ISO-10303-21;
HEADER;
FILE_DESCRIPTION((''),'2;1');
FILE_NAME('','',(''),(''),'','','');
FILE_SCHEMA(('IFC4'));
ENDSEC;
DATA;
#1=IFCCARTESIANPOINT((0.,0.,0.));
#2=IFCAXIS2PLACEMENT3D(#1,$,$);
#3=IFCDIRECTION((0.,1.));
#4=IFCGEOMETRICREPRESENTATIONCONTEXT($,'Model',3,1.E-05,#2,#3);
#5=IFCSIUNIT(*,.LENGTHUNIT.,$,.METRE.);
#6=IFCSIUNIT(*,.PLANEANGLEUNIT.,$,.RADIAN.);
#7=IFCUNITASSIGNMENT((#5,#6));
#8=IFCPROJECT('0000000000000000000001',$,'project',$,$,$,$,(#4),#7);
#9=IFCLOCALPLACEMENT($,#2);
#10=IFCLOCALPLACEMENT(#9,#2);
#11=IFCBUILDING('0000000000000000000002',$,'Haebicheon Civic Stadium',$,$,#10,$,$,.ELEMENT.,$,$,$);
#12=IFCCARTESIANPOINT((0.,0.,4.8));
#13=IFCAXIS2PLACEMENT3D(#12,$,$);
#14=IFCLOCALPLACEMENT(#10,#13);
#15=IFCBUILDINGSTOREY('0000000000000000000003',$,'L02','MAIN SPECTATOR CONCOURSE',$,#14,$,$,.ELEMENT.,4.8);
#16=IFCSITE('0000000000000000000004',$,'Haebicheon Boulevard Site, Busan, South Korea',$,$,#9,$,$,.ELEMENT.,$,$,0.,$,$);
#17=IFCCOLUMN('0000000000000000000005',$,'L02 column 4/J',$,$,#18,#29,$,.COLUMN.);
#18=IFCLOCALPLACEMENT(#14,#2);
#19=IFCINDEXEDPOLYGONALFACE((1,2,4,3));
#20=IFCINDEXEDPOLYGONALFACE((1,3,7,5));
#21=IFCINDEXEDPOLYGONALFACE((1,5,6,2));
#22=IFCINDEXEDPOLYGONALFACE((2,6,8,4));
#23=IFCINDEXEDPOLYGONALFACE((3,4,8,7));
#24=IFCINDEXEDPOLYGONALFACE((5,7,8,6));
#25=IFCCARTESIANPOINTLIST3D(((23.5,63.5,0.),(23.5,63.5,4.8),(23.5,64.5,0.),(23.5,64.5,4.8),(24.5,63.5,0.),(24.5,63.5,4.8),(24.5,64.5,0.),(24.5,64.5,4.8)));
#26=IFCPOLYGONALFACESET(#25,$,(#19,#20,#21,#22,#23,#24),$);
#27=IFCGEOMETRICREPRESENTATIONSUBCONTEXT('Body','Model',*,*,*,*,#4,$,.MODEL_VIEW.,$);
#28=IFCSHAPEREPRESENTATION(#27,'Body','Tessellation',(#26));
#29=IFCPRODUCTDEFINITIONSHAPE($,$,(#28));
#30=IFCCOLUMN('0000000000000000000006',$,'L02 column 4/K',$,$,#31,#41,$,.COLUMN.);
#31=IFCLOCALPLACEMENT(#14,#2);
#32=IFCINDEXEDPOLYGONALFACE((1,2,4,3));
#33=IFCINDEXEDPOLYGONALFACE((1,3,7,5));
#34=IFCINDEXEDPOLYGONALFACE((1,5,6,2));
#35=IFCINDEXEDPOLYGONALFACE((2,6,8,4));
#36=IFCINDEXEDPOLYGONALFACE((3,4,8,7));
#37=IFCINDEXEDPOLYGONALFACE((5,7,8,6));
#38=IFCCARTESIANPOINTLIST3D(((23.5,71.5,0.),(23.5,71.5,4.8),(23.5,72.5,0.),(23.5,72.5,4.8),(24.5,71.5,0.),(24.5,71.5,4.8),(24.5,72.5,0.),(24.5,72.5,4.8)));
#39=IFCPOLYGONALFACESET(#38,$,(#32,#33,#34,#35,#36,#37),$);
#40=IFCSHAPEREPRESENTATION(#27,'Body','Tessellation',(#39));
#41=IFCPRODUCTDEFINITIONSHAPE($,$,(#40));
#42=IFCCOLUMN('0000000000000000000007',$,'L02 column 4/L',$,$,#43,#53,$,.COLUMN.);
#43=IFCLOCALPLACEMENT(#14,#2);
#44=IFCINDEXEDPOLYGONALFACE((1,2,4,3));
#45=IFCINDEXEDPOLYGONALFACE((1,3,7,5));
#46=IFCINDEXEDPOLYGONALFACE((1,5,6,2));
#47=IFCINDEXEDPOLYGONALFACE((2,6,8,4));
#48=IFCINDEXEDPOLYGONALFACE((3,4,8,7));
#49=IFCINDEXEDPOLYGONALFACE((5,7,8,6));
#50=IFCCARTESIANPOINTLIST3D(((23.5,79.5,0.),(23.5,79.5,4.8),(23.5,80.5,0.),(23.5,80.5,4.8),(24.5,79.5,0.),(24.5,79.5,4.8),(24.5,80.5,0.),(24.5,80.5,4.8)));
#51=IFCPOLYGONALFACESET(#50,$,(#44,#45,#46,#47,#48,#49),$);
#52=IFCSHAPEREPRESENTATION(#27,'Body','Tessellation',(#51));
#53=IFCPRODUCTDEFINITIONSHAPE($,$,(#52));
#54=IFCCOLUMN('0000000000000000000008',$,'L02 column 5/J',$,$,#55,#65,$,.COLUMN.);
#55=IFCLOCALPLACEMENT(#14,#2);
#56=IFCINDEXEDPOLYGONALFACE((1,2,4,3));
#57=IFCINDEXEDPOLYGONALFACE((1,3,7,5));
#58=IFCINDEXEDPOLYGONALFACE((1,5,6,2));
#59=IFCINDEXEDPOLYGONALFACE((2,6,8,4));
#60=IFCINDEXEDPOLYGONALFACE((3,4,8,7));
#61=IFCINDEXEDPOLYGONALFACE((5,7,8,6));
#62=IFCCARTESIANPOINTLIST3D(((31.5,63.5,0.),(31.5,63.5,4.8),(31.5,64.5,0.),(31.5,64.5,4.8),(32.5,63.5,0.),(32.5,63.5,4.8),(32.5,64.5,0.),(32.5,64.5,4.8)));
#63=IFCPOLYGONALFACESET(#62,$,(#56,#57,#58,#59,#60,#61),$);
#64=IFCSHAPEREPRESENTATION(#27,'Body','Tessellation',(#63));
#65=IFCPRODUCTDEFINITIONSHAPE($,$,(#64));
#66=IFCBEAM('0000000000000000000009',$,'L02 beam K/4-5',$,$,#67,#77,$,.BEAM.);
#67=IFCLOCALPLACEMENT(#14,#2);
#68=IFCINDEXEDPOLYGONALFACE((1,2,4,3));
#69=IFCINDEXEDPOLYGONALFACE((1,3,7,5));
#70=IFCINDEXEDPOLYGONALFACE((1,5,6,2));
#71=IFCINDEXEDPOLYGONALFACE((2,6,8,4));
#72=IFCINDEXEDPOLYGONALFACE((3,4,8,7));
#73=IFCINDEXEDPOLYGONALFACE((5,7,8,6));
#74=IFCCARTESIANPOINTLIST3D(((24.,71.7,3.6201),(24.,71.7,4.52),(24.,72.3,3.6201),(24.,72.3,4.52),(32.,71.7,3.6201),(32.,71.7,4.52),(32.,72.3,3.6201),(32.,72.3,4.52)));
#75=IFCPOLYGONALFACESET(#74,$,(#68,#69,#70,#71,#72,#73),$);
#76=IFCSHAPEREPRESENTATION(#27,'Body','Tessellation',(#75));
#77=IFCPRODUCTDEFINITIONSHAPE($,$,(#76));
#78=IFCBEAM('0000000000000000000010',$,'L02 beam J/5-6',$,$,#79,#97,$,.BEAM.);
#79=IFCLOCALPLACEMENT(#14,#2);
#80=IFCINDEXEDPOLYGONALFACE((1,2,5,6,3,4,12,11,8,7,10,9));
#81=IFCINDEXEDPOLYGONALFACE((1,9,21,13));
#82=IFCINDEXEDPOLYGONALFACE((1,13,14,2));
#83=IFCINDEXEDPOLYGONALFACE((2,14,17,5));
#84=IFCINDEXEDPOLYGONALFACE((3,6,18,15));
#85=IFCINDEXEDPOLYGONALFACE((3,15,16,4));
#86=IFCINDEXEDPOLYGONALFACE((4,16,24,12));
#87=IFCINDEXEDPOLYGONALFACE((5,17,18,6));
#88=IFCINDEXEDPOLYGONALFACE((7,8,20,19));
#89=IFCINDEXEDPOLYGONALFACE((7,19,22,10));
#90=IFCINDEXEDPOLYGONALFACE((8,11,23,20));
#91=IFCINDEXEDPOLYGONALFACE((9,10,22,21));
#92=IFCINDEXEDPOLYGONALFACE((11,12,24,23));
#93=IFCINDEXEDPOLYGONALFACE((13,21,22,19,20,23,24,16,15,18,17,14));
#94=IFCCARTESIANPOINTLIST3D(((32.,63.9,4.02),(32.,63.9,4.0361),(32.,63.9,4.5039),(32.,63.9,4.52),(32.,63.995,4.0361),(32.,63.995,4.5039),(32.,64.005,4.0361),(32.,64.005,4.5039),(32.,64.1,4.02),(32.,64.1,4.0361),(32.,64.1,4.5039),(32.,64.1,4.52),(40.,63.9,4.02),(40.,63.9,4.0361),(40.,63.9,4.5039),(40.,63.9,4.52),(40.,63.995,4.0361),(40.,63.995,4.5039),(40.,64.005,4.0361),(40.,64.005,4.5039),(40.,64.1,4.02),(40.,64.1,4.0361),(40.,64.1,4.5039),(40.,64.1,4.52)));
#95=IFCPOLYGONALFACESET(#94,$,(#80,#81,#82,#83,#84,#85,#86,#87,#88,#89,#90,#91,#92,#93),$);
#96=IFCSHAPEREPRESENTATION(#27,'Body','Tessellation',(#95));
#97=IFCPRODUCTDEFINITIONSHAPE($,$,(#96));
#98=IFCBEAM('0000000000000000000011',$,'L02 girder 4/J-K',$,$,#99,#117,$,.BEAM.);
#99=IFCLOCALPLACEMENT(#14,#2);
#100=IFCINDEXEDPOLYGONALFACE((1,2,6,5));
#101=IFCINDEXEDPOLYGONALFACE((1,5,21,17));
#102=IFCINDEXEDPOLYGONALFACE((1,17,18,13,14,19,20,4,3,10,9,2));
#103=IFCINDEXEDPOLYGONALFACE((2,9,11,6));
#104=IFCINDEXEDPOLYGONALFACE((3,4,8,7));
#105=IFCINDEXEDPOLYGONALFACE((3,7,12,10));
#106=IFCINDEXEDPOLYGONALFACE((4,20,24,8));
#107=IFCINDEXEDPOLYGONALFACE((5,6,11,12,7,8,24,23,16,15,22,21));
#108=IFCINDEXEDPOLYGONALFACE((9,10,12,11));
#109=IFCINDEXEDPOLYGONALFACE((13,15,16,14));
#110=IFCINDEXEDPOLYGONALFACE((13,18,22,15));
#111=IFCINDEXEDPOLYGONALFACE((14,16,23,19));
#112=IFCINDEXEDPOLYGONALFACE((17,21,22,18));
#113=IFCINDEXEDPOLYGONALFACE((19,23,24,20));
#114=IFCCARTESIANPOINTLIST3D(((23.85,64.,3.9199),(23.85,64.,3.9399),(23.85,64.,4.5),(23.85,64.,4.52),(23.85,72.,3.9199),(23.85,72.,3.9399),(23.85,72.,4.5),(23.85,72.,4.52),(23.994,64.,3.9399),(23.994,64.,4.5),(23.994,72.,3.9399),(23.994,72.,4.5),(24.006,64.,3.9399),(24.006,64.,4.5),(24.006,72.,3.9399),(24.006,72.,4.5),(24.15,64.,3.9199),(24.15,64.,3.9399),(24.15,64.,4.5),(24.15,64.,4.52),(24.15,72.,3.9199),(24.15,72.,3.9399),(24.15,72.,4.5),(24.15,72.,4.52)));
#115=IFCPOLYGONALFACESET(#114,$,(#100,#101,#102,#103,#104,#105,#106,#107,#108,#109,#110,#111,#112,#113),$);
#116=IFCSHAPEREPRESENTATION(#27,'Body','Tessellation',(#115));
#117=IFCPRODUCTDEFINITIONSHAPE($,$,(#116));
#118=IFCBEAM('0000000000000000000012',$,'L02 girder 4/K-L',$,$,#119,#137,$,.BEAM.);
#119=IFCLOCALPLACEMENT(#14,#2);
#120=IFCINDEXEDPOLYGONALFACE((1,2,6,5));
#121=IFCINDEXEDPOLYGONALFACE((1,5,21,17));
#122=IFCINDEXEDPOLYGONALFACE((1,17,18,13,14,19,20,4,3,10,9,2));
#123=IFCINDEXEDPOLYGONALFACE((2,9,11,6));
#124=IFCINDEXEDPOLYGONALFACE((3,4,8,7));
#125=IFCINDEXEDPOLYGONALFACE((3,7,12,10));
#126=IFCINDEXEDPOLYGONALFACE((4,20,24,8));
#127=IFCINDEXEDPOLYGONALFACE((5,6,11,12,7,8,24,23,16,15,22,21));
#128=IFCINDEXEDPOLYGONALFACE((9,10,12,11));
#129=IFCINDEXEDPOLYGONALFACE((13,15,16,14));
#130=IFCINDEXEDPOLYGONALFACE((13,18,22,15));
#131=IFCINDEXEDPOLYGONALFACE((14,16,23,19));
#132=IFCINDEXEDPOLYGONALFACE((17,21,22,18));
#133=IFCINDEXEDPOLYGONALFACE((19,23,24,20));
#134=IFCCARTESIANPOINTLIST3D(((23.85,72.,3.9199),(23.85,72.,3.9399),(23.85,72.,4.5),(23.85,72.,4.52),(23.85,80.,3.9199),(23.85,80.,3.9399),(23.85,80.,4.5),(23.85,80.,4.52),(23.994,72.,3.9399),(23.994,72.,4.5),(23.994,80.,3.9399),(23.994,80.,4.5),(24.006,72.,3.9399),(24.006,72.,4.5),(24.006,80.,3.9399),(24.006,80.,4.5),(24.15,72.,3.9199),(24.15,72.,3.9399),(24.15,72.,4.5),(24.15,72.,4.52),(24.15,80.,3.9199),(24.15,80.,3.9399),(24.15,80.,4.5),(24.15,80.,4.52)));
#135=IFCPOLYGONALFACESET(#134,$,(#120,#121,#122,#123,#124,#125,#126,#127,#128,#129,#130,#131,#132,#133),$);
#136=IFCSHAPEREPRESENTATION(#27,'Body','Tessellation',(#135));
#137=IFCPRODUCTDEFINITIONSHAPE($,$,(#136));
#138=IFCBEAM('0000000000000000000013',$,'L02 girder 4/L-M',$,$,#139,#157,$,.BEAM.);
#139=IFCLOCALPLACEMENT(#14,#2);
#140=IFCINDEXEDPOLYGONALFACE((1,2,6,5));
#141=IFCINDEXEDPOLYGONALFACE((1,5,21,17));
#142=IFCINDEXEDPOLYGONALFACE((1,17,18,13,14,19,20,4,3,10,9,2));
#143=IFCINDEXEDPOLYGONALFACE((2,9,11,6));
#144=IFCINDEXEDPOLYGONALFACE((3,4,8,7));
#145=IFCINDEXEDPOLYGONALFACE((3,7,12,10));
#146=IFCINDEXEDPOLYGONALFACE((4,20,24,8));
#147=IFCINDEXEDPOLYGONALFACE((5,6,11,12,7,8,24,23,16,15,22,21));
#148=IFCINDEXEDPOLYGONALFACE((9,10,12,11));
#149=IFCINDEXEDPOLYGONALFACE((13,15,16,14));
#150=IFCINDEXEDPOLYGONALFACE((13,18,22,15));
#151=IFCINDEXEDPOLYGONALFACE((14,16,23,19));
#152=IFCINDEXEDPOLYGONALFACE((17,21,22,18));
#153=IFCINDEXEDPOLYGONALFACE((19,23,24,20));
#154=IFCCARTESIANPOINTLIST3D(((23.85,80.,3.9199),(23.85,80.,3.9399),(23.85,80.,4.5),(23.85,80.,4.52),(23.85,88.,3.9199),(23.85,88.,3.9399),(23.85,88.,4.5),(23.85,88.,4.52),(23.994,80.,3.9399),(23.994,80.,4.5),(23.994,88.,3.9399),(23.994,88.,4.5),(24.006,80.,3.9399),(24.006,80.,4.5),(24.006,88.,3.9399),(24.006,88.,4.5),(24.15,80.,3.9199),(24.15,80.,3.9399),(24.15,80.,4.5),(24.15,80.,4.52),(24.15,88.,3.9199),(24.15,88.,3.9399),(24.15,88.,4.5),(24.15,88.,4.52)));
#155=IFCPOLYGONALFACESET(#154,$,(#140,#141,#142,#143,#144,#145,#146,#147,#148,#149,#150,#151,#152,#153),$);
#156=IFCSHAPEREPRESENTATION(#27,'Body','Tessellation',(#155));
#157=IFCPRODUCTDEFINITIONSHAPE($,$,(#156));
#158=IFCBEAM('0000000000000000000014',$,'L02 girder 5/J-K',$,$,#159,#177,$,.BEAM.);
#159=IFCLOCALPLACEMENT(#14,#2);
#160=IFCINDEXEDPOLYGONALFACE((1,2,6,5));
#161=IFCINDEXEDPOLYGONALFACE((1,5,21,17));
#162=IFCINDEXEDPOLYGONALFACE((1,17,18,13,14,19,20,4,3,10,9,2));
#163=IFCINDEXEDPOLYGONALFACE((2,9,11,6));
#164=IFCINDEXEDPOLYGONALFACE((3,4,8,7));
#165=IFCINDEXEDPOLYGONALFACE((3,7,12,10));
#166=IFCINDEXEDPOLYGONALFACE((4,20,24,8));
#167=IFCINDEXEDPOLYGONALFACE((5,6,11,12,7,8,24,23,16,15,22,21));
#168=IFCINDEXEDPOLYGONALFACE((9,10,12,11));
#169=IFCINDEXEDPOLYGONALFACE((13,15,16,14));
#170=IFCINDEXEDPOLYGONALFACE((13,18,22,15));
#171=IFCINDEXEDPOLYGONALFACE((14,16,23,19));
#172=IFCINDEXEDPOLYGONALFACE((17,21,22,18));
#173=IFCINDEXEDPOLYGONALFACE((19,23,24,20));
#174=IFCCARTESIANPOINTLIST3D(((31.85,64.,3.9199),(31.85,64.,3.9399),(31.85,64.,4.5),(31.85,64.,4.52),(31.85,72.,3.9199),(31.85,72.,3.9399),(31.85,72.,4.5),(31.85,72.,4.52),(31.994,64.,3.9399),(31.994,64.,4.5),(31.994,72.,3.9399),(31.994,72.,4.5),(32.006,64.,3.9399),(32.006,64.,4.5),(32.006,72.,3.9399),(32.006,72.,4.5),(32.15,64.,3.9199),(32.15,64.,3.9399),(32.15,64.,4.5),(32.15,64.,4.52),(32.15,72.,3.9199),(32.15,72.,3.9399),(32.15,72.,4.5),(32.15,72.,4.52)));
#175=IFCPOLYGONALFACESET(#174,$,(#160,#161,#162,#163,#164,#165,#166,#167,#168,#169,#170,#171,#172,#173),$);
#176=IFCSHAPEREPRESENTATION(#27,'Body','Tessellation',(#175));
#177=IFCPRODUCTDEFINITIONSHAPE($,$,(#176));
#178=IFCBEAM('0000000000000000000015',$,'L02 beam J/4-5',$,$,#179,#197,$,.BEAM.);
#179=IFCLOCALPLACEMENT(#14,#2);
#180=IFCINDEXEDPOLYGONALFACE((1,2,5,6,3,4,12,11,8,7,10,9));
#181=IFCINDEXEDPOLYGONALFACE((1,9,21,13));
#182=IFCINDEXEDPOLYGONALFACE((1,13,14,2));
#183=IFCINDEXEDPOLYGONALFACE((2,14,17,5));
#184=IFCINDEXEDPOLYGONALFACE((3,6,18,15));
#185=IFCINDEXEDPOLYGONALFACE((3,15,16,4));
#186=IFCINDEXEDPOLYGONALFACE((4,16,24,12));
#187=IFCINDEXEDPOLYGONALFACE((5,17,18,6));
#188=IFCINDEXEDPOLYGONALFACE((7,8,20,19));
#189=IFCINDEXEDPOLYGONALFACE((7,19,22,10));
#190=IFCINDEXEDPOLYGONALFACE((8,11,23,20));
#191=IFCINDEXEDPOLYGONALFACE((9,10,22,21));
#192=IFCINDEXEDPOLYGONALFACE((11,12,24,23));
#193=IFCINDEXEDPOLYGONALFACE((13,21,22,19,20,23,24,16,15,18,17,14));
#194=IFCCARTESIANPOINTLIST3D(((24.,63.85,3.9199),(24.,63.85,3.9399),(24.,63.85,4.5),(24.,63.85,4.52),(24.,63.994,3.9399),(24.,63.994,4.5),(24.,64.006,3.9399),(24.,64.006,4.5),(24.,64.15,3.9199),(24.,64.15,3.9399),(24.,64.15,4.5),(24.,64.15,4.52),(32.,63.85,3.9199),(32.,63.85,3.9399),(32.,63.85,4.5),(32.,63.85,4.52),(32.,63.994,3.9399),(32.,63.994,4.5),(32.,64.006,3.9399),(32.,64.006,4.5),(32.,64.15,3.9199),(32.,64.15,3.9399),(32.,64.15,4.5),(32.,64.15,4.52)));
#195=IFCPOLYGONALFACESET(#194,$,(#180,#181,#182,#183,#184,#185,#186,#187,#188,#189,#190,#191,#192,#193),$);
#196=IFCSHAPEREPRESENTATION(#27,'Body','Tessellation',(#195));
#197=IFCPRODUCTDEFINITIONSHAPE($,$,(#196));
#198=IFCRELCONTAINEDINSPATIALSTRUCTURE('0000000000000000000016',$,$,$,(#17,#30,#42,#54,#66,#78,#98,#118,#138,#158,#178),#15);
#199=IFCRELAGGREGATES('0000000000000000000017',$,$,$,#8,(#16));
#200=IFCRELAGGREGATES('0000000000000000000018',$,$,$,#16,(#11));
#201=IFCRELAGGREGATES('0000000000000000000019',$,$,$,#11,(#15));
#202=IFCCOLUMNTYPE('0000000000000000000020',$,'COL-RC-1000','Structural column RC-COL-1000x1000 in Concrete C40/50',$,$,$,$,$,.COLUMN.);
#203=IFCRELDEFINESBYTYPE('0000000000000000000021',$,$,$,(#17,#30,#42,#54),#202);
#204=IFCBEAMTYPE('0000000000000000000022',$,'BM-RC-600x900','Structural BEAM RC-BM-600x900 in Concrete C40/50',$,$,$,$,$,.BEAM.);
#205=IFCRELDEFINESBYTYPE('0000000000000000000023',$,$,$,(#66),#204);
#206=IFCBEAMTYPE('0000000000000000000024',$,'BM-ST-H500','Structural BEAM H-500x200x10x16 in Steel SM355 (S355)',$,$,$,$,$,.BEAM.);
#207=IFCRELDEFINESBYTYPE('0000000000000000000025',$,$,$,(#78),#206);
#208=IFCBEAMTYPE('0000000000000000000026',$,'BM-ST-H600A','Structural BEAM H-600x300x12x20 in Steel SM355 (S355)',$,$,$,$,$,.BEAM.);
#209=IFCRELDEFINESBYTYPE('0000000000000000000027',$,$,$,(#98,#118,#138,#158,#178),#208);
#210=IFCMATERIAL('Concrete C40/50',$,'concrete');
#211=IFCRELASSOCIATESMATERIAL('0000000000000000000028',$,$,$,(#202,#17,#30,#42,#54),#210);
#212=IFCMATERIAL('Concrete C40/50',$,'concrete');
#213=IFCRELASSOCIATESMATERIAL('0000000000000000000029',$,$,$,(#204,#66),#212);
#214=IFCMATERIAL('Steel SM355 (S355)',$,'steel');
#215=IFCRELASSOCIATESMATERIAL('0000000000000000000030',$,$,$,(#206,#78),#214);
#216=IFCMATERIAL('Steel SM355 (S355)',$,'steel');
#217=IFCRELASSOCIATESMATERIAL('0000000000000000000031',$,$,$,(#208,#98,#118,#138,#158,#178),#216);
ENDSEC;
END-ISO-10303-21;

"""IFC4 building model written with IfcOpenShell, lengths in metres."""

from ifc_helpers import new_model, si_unit, direction, frame, origin, origin_2d, place, context, subcontext, project, spatial, rectangle, i_section, extrude, material, material_profile, profile_set, type_object, element, save


model = new_model("IFC4")

# Units and contexts
model_context = context("Model", 3, precision=1e-05, world=origin(), true_north=direction((0.0, 1.0)))
body_context = subcontext(model_context, "Body", "Model", "MODEL_VIEW")
ifc_project = project(units=[si_unit("LENGTHUNIT", "METRE"), si_unit("PLANEANGLEUNIT", "RADIAN")], contexts=[model_context])

# Site, building, storey
site_placement = place(None, origin())
site = spatial("IfcSite", under=ifc_project, at=site_placement, Name="Haebicheon Boulevard Site, Busan, South Korea", CompositionType="ELEMENT", RefElevation=0.0)
building_placement = place(site_placement, origin())
building = spatial("IfcBuilding", under=site, at=building_placement, Name="Haebicheon Civic Stadium", CompositionType="ELEMENT")
storey_placement = place(building_placement, frame((0.0, 0.0, 4.8)))
storey = spatial("IfcBuildingStorey", under=building, at=storey_placement, Name="L02", Description="MAIN SPECTATOR CONCOURSE", CompositionType="ELEMENT", Elevation=4.8)

# Columns
ifc_material_1 = material(Name="Concrete C40/50", Category="concrete")
ifc_material_profile_1 = material_profile(ifc_material_1, rectangle(XDim=1.0, YDim=1.0, at=origin_2d()), Name="RC-COL-1000x1000")
ifc_profile_set_1 = profile_set([ifc_material_profile_1], Name="Concrete C40/50")
column_type = type_object("IfcColumnType", Name="COL-RC-1000", Description="Structural column RC-COL-1000x1000 in Concrete C40/50", PredefinedType="COLUMN", material=ifc_profile_set_1)
for number, where, z_axis, x_axis, name in (
    (1, (24.0, 64.0, 0.0), (0.0, 0.0, 1.0), (1.0, 0.0, 0.0), "L02 column 4/J"),
    (2, (24.0, 72.0, 0.0), (0.0, 0.0, 1.0), (1.0, 0.0, 0.0), "L02 column 4/K"),
    (3, (24.0, 80.0, 0.0), (0.0, 0.0, 1.0), (1.0, 0.0, 0.0), "L02 column 4/L"),
    (4, (32.0, 64.0, 0.0), (0.0, 0.0, 1.0), (1.0, 0.0, 0.0), "L02 column 5/J"),
):
    element("IfcColumn", number, at=place(storey_placement, frame(where, z_axis=z_axis, x_axis=x_axis)), inside=storey, type_object=column_type, material=ifc_profile_set_1, Name=name, PredefinedType="COLUMN", context=body_context, shape_type="SweptSolid", body=[
        extrude(rectangle(XDim=1.0, YDim=1.0, at=origin_2d()), origin(), (0.0, 0.0, 1.0), 4.8),
    ])

# Beams
ifc_material_2 = material(Name="Concrete C40/50", Category="concrete")
ifc_material_profile_2 = material_profile(ifc_material_2, rectangle(XDim=0.6001, YDim=0.8999, at=origin_2d()), Name="RC-BM-600x900")
ifc_profile_set_2 = profile_set([ifc_material_profile_2], Name="Concrete C40/50")
beam_type_1 = type_object("IfcBeamType", Name="BM-RC-600x900", Description="Structural BEAM RC-BM-600x900 in Concrete C40/50", PredefinedType="BEAM", material=ifc_profile_set_2)
beam_1_placement = place(storey_placement, frame((24.0, 72.0, 4.0701), z_axis=(1.0, 0.0, 0.0), x_axis=(0.0, 1.0, 0.0)))
element("IfcBeam", 5, at=beam_1_placement, inside=storey, type_object=beam_type_1, material=ifc_profile_set_2, Name="L02 beam K/4-5", PredefinedType="BEAM", context=body_context, shape_type="SweptSolid", body=[
    extrude(rectangle(XDim=0.6001, YDim=0.8999, at=origin_2d()), origin(), (0.0, 0.0, 1.0), 8.0),
])
ifc_material_3 = material(Name="Steel SM355 (S355)", Category="steel")
ifc_material_profile_3 = material_profile(ifc_material_3, i_section(OverallWidth=0.2, OverallDepth=0.5, WebThickness=0.01, FlangeThickness=0.0161, at=origin_2d()), Name="H-500x200x10x16")
ifc_profile_set_3 = profile_set([ifc_material_profile_3], Name="Steel SM355 (S355)")
beam_type_2 = type_object("IfcBeamType", Name="BM-ST-H500", Description="Structural BEAM H-500x200x10x16 in Steel SM355 (S355)", PredefinedType="BEAM", material=ifc_profile_set_3)
beam_2_placement = place(storey_placement, frame((32.0, 64.0, 4.27), z_axis=(1.0, 0.0, 0.0), x_axis=(0.0, 1.0, 0.0)))
element("IfcBeam", 6, at=beam_2_placement, inside=storey, type_object=beam_type_2, material=ifc_profile_set_3, Name="L02 beam J/5-6", PredefinedType="BEAM", context=body_context, shape_type="SweptSolid", body=[
    extrude(i_section(OverallWidth=0.2, OverallDepth=0.5, WebThickness=0.01, FlangeThickness=0.0161, at=origin_2d()), origin(), (0.0, 0.0, 1.0), 8.0),
])
ifc_material_4 = material(Name="Steel SM355 (S355)", Category="steel")
ifc_material_profile_4 = material_profile(ifc_material_4, i_section(OverallWidth=0.3, OverallDepth=0.6001, WebThickness=0.012, FlangeThickness=0.02, at=origin_2d()), Name="H-600x300x12x20")
ifc_profile_set_4 = profile_set([ifc_material_profile_4], Name="Steel SM355 (S355)")
beam_type_3 = type_object("IfcBeamType", Name="BM-ST-H600A", Description="Structural BEAM H-600x300x12x20 in Steel SM355 (S355)", PredefinedType="BEAM", material=ifc_profile_set_4)
for number, where, z_axis, x_axis, name in (
    (7, (24.0, 64.0, 4.22), (0.0, 1.0, 0.0), (-1.0, 0.0, 0.0), "L02 girder 4/J-K"),
    (8, (24.0, 72.0, 4.22), (0.0, 1.0, 0.0), (-1.0, 0.0, 0.0), "L02 girder 4/K-L"),
    (9, (24.0, 80.0, 4.22), (0.0, 1.0, 0.0), (-1.0, 0.0, 0.0), "L02 girder 4/L-M"),
    (10, (32.0, 64.0, 4.22), (0.0, 1.0, 0.0), (-1.0, 0.0, 0.0), "L02 girder 5/J-K"),
    (11, (24.0, 64.0, 4.22), (1.0, 0.0, 0.0), (0.0, 1.0, 0.0), "L02 beam J/4-5"),
):
    element("IfcBeam", number, at=place(storey_placement, frame(where, z_axis=z_axis, x_axis=x_axis)), inside=storey, type_object=beam_type_3, material=ifc_profile_set_4, Name=name, PredefinedType="BEAM", context=body_context, shape_type="SweptSolid", body=[
        extrude(i_section(OverallWidth=0.3, OverallDepth=0.6001, WebThickness=0.012, FlangeThickness=0.02, at=origin_2d()), origin(), (0.0, 0.0, 1.0), 8.0),
    ])

save(model, "model.ifc")
